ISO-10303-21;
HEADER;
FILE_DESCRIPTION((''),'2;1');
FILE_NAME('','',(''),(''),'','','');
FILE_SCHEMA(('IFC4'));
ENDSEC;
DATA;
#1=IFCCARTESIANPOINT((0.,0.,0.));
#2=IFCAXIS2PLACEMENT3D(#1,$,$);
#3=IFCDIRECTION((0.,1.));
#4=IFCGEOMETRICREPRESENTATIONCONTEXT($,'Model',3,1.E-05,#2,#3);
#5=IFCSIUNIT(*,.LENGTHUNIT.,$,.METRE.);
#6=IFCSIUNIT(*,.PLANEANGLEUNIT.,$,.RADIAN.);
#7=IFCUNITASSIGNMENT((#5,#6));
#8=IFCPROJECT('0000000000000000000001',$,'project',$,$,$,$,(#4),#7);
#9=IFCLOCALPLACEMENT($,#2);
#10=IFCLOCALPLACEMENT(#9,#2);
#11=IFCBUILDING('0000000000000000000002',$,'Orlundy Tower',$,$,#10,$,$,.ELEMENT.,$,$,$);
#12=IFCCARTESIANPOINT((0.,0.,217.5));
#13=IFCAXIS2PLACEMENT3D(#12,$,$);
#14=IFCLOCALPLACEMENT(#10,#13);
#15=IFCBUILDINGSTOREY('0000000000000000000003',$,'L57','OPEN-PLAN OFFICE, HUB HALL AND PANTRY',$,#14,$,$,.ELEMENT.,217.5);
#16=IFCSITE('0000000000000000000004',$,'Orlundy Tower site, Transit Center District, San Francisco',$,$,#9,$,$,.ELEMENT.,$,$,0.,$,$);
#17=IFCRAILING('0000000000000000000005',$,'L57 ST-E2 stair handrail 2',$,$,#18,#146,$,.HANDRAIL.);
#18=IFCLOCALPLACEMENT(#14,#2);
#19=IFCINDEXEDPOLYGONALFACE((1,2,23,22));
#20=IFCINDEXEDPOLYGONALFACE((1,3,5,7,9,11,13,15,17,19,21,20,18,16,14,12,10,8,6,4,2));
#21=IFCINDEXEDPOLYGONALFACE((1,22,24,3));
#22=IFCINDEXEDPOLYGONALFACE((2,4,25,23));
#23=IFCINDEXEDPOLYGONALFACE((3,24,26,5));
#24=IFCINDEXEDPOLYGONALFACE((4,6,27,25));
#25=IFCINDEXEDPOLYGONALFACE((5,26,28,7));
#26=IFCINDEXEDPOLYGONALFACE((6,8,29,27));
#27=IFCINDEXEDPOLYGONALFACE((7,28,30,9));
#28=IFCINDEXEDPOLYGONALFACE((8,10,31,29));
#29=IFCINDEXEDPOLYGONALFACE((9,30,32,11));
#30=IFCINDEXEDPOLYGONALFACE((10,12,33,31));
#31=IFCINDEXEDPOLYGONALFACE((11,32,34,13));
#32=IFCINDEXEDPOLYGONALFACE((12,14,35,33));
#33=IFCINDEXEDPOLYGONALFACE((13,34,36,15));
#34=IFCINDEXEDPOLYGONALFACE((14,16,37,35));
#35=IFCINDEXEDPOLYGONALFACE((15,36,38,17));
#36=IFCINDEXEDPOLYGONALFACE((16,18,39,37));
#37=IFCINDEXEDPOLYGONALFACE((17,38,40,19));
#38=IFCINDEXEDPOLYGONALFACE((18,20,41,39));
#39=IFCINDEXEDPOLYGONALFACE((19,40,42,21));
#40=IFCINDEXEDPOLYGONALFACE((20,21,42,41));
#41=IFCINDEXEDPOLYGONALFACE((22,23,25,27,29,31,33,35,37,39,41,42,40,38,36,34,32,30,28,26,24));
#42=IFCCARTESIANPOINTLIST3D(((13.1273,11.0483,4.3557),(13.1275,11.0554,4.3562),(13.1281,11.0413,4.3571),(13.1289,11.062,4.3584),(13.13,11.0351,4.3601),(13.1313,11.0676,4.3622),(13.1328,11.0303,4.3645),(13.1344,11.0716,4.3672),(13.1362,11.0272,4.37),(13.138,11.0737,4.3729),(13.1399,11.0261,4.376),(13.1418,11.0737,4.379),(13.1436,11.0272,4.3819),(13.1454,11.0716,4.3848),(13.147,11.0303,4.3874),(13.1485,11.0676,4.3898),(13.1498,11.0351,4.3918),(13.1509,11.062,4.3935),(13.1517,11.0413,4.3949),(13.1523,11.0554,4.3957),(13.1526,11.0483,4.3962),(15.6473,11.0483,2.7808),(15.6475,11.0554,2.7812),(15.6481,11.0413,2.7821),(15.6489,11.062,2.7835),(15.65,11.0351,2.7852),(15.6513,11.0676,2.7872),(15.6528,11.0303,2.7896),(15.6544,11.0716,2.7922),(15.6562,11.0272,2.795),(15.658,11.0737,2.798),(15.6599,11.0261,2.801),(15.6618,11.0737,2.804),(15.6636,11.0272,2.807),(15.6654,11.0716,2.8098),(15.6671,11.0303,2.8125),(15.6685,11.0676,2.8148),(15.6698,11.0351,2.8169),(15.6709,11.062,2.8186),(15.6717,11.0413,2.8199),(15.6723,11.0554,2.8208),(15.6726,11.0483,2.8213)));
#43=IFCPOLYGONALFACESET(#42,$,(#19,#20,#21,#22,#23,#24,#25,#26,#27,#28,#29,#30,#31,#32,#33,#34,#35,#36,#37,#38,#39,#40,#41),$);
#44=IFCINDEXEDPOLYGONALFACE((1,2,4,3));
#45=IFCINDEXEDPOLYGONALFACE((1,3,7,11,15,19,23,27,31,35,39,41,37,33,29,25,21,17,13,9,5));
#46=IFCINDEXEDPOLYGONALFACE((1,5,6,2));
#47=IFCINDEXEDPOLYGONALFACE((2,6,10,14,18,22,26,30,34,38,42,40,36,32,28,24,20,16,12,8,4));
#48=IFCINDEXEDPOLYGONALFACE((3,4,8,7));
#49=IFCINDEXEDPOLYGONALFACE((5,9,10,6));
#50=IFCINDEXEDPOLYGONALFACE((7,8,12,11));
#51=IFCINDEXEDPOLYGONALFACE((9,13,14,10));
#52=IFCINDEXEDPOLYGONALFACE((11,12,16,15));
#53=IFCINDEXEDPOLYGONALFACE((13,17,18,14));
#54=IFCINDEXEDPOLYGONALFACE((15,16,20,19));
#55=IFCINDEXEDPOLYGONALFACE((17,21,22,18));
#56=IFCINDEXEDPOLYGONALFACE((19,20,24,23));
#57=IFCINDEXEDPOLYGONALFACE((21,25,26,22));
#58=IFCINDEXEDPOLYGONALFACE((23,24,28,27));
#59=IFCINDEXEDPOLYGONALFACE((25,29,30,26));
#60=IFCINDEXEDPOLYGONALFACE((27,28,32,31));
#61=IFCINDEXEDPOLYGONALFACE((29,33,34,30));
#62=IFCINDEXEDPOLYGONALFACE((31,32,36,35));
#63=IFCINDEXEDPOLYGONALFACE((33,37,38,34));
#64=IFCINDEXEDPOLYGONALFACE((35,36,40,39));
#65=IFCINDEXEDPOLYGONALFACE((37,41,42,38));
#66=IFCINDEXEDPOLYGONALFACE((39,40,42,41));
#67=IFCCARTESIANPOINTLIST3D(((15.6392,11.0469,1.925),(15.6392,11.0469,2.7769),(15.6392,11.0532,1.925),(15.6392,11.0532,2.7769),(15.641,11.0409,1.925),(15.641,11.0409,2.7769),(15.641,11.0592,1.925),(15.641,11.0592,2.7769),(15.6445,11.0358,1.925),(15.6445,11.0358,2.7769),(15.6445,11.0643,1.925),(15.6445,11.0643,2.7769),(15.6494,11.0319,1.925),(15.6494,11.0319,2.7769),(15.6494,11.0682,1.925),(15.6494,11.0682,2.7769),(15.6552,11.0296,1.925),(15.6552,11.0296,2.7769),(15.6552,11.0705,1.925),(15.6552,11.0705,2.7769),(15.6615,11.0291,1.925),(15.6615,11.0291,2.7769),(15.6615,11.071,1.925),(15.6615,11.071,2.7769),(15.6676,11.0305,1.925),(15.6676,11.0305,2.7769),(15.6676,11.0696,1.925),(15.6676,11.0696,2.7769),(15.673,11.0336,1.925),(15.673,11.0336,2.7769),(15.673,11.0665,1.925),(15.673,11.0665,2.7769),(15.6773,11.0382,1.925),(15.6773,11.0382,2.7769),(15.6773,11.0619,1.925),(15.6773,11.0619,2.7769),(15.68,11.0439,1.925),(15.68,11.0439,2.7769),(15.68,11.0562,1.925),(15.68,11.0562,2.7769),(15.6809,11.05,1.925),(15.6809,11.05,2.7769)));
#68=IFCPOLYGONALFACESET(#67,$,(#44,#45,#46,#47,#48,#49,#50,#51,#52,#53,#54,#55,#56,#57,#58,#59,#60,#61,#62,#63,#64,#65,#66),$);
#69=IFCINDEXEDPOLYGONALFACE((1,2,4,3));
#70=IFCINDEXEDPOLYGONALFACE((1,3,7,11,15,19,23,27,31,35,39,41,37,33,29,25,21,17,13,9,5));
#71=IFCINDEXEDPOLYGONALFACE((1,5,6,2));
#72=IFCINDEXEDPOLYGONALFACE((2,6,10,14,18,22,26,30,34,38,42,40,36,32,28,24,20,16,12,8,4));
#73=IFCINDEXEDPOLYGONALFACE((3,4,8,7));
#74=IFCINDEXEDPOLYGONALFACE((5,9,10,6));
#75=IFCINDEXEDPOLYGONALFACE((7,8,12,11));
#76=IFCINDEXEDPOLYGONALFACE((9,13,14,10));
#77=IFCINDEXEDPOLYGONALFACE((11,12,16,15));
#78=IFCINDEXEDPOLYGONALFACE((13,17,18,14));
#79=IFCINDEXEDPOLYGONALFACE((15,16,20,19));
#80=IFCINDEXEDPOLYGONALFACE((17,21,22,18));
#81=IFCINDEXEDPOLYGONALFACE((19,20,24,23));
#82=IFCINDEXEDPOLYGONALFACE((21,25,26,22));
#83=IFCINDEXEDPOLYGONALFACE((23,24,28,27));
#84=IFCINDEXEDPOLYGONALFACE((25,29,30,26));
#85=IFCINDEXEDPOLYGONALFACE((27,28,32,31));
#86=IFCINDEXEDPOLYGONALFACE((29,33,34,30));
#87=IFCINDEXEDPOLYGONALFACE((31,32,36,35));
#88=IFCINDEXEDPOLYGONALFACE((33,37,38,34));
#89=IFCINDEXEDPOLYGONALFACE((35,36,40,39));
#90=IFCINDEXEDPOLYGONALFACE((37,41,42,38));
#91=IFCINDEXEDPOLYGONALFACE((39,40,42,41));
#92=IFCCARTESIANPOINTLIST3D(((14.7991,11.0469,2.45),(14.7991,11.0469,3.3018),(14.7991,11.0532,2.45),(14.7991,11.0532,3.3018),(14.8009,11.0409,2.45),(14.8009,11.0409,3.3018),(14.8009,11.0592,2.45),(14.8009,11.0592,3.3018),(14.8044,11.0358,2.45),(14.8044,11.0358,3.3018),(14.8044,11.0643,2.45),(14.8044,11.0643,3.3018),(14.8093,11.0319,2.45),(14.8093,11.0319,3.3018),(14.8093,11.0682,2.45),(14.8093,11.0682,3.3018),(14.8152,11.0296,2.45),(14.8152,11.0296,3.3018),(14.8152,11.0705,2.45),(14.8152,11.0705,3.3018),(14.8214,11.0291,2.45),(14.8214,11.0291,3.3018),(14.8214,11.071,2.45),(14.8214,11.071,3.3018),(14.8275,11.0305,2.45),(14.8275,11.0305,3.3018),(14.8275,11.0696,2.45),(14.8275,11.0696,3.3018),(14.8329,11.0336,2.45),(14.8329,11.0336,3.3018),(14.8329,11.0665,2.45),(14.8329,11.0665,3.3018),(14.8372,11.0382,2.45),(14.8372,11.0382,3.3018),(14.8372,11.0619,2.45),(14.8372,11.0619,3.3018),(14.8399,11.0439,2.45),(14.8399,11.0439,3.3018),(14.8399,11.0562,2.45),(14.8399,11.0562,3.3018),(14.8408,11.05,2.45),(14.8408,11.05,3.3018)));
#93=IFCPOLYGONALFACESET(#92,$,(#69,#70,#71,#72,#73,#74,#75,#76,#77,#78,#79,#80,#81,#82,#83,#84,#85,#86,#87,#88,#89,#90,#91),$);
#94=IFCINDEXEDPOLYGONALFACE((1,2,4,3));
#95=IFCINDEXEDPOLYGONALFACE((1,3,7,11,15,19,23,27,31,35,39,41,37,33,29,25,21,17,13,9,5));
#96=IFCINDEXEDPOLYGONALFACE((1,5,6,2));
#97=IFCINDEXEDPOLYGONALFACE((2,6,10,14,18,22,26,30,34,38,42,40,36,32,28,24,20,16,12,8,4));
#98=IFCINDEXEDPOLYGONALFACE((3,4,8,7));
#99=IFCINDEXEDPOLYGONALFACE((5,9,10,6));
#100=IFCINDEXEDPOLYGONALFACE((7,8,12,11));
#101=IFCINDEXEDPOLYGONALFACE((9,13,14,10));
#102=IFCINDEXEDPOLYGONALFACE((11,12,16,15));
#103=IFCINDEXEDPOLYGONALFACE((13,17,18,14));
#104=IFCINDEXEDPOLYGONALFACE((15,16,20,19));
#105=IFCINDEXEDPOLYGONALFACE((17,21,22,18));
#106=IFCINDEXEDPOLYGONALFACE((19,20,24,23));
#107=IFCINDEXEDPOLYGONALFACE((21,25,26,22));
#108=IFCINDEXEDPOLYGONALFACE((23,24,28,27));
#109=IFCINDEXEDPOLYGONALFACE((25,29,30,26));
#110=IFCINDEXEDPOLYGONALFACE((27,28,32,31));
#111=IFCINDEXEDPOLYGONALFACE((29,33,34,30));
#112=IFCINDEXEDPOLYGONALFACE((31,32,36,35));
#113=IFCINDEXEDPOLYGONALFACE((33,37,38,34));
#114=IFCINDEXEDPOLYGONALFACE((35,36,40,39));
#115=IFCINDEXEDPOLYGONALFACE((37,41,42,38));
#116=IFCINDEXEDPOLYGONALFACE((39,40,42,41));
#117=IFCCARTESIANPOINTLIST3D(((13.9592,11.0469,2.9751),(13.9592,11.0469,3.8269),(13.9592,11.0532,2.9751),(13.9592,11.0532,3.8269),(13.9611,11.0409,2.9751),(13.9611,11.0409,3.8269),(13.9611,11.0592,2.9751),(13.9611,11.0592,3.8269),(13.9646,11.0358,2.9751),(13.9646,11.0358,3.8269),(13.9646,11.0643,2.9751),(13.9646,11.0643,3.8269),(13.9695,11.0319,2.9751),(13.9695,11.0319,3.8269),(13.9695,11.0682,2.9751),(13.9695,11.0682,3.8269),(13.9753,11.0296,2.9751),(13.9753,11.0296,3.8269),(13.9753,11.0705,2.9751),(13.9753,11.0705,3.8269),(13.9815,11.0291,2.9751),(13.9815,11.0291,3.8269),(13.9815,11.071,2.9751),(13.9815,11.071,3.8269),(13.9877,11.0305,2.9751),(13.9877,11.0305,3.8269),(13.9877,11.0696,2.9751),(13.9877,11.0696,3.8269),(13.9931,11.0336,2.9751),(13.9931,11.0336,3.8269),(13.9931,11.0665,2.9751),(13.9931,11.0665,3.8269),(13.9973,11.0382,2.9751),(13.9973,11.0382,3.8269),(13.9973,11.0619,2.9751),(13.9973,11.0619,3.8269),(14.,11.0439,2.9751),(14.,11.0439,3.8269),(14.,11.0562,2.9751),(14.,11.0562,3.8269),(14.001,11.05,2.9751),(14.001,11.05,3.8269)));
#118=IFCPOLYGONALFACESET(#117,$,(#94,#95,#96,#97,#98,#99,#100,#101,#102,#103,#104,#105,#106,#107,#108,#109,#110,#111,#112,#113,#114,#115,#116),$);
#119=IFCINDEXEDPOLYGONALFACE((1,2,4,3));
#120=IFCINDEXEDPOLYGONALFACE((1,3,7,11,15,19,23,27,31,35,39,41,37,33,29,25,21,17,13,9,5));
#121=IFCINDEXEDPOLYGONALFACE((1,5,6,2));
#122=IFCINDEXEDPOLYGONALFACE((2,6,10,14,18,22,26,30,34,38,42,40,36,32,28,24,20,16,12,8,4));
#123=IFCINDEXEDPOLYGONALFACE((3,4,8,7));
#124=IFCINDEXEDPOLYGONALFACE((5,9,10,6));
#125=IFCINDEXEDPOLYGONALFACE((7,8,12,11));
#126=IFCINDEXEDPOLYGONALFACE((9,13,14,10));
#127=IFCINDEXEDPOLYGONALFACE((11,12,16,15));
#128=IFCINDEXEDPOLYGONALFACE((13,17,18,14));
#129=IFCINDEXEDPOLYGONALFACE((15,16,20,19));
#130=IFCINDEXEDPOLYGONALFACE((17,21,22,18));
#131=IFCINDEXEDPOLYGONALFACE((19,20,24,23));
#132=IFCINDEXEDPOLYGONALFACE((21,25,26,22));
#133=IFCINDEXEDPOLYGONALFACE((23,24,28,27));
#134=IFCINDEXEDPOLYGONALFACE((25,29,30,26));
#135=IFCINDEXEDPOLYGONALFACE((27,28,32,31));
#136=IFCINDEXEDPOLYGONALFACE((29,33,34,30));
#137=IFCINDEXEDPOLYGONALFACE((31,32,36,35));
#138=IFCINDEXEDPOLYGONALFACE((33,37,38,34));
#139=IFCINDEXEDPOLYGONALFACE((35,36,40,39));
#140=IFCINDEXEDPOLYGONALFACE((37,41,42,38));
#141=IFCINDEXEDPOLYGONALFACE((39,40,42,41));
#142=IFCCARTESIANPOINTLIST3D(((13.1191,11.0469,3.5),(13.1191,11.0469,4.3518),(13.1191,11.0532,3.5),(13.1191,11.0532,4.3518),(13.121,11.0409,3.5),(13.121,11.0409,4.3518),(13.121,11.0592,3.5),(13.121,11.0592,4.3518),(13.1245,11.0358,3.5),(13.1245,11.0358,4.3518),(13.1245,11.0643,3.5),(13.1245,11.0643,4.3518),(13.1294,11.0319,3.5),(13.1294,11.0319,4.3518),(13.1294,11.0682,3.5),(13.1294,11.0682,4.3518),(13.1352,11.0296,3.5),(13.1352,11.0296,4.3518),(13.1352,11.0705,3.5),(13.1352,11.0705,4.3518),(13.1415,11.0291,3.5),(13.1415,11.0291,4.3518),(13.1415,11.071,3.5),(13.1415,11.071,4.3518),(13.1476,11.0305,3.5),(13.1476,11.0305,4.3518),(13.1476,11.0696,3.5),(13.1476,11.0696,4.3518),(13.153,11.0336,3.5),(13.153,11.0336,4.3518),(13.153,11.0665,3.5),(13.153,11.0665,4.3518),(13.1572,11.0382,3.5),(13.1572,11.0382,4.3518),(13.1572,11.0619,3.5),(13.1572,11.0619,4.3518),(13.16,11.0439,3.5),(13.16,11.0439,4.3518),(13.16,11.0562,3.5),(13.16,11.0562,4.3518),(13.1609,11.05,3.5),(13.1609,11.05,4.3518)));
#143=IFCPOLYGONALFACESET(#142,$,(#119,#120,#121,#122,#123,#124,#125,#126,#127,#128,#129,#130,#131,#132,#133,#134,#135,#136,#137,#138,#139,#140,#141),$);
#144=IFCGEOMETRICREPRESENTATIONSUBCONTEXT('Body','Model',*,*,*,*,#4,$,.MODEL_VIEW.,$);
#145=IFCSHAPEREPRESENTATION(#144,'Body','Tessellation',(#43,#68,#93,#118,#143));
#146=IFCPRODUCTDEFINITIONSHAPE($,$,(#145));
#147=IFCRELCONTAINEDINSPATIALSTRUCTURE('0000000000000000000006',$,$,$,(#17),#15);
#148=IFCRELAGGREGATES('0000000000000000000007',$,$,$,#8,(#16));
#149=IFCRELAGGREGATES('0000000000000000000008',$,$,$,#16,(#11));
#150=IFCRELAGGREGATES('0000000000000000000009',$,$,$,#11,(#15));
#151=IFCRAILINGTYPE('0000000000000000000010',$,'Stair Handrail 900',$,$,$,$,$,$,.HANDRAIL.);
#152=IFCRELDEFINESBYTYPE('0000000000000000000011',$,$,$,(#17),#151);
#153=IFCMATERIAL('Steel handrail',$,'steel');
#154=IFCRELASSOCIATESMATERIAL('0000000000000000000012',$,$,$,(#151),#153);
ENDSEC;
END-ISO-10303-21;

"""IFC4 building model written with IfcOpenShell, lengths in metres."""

from ifc_helpers import new_model, si_unit, direction, frame, origin, origin_2d, place, context, subcontext, project, spatial, circle, extrude, material, type_object, element, save


model = new_model("IFC4")

# Units and contexts
model_context = context("Model", 3, precision=1e-05, world=origin(), true_north=direction((0.0, 1.0)))
body_context = subcontext(model_context, "Body", "Model", "MODEL_VIEW")
ifc_project = project(units=[si_unit("LENGTHUNIT", "METRE"), si_unit("PLANEANGLEUNIT", "RADIAN")], contexts=[model_context])

# Site, building, storey
site_placement = place(None, origin())
site = spatial("IfcSite", under=ifc_project, at=site_placement, Name="Orlundy Tower site, Transit Center District, San Francisco", CompositionType="ELEMENT", RefElevation=0.0)
building_placement = place(site_placement, origin())
building = spatial("IfcBuilding", under=site, at=building_placement, Name="Orlundy Tower", CompositionType="ELEMENT")
storey_placement = place(building_placement, frame((0.0, 0.0, 217.5)))
storey = spatial("IfcBuildingStorey", under=building, at=storey_placement, Name="L57", Description="OPEN-PLAN OFFICE, HUB HALL AND PANTRY", CompositionType="ELEMENT", Elevation=217.5)

# Railing
ifc_material_1 = material(Name="Steel handrail", Category="steel")
railing_type = type_object("IfcRailingType", Name="Stair Handrail 900", PredefinedType="HANDRAIL", material=ifc_material_1)
railing_placement = place(storey_placement, frame((15.6599, 11.05, 1.925)))
element("IfcRailing", 1, at=railing_placement, inside=storey, type_object=railing_type, Name="L57 ST-E2 stair handrail 2", PredefinedType="HANDRAIL", context=body_context, shape_type="SweptSolid", body=[
    extrude(circle(Radius=0.0239, at=origin_2d()), frame((0.0, 0.0, 0.876), z_axis=(-0.848008, 0.0, 0.529984), x_axis=(0.0, -1.0, 0.0)), (0.0, 0.0, 1.0), 2.9717),
    extrude(circle(Radius=0.021, at=origin_2d()), origin(), (0.0, 0.0, 1.0), 0.8518),
    extrude(circle(Radius=0.021, at=origin_2d()), frame((-0.8401, 0.0, 0.5249)), (0.0, 0.0, 1.0), 0.8518),
    extrude(circle(Radius=0.021, at=origin_2d()), frame((-1.6799, 0.0, 1.05)), (0.0, 0.0, 1.0), 0.8518),
    extrude(circle(Radius=0.021, at=origin_2d()), frame((-2.52, 0.0, 1.575)), (0.0, 0.0, 1.0), 0.8518),
])

save(model, "model.ifc")
